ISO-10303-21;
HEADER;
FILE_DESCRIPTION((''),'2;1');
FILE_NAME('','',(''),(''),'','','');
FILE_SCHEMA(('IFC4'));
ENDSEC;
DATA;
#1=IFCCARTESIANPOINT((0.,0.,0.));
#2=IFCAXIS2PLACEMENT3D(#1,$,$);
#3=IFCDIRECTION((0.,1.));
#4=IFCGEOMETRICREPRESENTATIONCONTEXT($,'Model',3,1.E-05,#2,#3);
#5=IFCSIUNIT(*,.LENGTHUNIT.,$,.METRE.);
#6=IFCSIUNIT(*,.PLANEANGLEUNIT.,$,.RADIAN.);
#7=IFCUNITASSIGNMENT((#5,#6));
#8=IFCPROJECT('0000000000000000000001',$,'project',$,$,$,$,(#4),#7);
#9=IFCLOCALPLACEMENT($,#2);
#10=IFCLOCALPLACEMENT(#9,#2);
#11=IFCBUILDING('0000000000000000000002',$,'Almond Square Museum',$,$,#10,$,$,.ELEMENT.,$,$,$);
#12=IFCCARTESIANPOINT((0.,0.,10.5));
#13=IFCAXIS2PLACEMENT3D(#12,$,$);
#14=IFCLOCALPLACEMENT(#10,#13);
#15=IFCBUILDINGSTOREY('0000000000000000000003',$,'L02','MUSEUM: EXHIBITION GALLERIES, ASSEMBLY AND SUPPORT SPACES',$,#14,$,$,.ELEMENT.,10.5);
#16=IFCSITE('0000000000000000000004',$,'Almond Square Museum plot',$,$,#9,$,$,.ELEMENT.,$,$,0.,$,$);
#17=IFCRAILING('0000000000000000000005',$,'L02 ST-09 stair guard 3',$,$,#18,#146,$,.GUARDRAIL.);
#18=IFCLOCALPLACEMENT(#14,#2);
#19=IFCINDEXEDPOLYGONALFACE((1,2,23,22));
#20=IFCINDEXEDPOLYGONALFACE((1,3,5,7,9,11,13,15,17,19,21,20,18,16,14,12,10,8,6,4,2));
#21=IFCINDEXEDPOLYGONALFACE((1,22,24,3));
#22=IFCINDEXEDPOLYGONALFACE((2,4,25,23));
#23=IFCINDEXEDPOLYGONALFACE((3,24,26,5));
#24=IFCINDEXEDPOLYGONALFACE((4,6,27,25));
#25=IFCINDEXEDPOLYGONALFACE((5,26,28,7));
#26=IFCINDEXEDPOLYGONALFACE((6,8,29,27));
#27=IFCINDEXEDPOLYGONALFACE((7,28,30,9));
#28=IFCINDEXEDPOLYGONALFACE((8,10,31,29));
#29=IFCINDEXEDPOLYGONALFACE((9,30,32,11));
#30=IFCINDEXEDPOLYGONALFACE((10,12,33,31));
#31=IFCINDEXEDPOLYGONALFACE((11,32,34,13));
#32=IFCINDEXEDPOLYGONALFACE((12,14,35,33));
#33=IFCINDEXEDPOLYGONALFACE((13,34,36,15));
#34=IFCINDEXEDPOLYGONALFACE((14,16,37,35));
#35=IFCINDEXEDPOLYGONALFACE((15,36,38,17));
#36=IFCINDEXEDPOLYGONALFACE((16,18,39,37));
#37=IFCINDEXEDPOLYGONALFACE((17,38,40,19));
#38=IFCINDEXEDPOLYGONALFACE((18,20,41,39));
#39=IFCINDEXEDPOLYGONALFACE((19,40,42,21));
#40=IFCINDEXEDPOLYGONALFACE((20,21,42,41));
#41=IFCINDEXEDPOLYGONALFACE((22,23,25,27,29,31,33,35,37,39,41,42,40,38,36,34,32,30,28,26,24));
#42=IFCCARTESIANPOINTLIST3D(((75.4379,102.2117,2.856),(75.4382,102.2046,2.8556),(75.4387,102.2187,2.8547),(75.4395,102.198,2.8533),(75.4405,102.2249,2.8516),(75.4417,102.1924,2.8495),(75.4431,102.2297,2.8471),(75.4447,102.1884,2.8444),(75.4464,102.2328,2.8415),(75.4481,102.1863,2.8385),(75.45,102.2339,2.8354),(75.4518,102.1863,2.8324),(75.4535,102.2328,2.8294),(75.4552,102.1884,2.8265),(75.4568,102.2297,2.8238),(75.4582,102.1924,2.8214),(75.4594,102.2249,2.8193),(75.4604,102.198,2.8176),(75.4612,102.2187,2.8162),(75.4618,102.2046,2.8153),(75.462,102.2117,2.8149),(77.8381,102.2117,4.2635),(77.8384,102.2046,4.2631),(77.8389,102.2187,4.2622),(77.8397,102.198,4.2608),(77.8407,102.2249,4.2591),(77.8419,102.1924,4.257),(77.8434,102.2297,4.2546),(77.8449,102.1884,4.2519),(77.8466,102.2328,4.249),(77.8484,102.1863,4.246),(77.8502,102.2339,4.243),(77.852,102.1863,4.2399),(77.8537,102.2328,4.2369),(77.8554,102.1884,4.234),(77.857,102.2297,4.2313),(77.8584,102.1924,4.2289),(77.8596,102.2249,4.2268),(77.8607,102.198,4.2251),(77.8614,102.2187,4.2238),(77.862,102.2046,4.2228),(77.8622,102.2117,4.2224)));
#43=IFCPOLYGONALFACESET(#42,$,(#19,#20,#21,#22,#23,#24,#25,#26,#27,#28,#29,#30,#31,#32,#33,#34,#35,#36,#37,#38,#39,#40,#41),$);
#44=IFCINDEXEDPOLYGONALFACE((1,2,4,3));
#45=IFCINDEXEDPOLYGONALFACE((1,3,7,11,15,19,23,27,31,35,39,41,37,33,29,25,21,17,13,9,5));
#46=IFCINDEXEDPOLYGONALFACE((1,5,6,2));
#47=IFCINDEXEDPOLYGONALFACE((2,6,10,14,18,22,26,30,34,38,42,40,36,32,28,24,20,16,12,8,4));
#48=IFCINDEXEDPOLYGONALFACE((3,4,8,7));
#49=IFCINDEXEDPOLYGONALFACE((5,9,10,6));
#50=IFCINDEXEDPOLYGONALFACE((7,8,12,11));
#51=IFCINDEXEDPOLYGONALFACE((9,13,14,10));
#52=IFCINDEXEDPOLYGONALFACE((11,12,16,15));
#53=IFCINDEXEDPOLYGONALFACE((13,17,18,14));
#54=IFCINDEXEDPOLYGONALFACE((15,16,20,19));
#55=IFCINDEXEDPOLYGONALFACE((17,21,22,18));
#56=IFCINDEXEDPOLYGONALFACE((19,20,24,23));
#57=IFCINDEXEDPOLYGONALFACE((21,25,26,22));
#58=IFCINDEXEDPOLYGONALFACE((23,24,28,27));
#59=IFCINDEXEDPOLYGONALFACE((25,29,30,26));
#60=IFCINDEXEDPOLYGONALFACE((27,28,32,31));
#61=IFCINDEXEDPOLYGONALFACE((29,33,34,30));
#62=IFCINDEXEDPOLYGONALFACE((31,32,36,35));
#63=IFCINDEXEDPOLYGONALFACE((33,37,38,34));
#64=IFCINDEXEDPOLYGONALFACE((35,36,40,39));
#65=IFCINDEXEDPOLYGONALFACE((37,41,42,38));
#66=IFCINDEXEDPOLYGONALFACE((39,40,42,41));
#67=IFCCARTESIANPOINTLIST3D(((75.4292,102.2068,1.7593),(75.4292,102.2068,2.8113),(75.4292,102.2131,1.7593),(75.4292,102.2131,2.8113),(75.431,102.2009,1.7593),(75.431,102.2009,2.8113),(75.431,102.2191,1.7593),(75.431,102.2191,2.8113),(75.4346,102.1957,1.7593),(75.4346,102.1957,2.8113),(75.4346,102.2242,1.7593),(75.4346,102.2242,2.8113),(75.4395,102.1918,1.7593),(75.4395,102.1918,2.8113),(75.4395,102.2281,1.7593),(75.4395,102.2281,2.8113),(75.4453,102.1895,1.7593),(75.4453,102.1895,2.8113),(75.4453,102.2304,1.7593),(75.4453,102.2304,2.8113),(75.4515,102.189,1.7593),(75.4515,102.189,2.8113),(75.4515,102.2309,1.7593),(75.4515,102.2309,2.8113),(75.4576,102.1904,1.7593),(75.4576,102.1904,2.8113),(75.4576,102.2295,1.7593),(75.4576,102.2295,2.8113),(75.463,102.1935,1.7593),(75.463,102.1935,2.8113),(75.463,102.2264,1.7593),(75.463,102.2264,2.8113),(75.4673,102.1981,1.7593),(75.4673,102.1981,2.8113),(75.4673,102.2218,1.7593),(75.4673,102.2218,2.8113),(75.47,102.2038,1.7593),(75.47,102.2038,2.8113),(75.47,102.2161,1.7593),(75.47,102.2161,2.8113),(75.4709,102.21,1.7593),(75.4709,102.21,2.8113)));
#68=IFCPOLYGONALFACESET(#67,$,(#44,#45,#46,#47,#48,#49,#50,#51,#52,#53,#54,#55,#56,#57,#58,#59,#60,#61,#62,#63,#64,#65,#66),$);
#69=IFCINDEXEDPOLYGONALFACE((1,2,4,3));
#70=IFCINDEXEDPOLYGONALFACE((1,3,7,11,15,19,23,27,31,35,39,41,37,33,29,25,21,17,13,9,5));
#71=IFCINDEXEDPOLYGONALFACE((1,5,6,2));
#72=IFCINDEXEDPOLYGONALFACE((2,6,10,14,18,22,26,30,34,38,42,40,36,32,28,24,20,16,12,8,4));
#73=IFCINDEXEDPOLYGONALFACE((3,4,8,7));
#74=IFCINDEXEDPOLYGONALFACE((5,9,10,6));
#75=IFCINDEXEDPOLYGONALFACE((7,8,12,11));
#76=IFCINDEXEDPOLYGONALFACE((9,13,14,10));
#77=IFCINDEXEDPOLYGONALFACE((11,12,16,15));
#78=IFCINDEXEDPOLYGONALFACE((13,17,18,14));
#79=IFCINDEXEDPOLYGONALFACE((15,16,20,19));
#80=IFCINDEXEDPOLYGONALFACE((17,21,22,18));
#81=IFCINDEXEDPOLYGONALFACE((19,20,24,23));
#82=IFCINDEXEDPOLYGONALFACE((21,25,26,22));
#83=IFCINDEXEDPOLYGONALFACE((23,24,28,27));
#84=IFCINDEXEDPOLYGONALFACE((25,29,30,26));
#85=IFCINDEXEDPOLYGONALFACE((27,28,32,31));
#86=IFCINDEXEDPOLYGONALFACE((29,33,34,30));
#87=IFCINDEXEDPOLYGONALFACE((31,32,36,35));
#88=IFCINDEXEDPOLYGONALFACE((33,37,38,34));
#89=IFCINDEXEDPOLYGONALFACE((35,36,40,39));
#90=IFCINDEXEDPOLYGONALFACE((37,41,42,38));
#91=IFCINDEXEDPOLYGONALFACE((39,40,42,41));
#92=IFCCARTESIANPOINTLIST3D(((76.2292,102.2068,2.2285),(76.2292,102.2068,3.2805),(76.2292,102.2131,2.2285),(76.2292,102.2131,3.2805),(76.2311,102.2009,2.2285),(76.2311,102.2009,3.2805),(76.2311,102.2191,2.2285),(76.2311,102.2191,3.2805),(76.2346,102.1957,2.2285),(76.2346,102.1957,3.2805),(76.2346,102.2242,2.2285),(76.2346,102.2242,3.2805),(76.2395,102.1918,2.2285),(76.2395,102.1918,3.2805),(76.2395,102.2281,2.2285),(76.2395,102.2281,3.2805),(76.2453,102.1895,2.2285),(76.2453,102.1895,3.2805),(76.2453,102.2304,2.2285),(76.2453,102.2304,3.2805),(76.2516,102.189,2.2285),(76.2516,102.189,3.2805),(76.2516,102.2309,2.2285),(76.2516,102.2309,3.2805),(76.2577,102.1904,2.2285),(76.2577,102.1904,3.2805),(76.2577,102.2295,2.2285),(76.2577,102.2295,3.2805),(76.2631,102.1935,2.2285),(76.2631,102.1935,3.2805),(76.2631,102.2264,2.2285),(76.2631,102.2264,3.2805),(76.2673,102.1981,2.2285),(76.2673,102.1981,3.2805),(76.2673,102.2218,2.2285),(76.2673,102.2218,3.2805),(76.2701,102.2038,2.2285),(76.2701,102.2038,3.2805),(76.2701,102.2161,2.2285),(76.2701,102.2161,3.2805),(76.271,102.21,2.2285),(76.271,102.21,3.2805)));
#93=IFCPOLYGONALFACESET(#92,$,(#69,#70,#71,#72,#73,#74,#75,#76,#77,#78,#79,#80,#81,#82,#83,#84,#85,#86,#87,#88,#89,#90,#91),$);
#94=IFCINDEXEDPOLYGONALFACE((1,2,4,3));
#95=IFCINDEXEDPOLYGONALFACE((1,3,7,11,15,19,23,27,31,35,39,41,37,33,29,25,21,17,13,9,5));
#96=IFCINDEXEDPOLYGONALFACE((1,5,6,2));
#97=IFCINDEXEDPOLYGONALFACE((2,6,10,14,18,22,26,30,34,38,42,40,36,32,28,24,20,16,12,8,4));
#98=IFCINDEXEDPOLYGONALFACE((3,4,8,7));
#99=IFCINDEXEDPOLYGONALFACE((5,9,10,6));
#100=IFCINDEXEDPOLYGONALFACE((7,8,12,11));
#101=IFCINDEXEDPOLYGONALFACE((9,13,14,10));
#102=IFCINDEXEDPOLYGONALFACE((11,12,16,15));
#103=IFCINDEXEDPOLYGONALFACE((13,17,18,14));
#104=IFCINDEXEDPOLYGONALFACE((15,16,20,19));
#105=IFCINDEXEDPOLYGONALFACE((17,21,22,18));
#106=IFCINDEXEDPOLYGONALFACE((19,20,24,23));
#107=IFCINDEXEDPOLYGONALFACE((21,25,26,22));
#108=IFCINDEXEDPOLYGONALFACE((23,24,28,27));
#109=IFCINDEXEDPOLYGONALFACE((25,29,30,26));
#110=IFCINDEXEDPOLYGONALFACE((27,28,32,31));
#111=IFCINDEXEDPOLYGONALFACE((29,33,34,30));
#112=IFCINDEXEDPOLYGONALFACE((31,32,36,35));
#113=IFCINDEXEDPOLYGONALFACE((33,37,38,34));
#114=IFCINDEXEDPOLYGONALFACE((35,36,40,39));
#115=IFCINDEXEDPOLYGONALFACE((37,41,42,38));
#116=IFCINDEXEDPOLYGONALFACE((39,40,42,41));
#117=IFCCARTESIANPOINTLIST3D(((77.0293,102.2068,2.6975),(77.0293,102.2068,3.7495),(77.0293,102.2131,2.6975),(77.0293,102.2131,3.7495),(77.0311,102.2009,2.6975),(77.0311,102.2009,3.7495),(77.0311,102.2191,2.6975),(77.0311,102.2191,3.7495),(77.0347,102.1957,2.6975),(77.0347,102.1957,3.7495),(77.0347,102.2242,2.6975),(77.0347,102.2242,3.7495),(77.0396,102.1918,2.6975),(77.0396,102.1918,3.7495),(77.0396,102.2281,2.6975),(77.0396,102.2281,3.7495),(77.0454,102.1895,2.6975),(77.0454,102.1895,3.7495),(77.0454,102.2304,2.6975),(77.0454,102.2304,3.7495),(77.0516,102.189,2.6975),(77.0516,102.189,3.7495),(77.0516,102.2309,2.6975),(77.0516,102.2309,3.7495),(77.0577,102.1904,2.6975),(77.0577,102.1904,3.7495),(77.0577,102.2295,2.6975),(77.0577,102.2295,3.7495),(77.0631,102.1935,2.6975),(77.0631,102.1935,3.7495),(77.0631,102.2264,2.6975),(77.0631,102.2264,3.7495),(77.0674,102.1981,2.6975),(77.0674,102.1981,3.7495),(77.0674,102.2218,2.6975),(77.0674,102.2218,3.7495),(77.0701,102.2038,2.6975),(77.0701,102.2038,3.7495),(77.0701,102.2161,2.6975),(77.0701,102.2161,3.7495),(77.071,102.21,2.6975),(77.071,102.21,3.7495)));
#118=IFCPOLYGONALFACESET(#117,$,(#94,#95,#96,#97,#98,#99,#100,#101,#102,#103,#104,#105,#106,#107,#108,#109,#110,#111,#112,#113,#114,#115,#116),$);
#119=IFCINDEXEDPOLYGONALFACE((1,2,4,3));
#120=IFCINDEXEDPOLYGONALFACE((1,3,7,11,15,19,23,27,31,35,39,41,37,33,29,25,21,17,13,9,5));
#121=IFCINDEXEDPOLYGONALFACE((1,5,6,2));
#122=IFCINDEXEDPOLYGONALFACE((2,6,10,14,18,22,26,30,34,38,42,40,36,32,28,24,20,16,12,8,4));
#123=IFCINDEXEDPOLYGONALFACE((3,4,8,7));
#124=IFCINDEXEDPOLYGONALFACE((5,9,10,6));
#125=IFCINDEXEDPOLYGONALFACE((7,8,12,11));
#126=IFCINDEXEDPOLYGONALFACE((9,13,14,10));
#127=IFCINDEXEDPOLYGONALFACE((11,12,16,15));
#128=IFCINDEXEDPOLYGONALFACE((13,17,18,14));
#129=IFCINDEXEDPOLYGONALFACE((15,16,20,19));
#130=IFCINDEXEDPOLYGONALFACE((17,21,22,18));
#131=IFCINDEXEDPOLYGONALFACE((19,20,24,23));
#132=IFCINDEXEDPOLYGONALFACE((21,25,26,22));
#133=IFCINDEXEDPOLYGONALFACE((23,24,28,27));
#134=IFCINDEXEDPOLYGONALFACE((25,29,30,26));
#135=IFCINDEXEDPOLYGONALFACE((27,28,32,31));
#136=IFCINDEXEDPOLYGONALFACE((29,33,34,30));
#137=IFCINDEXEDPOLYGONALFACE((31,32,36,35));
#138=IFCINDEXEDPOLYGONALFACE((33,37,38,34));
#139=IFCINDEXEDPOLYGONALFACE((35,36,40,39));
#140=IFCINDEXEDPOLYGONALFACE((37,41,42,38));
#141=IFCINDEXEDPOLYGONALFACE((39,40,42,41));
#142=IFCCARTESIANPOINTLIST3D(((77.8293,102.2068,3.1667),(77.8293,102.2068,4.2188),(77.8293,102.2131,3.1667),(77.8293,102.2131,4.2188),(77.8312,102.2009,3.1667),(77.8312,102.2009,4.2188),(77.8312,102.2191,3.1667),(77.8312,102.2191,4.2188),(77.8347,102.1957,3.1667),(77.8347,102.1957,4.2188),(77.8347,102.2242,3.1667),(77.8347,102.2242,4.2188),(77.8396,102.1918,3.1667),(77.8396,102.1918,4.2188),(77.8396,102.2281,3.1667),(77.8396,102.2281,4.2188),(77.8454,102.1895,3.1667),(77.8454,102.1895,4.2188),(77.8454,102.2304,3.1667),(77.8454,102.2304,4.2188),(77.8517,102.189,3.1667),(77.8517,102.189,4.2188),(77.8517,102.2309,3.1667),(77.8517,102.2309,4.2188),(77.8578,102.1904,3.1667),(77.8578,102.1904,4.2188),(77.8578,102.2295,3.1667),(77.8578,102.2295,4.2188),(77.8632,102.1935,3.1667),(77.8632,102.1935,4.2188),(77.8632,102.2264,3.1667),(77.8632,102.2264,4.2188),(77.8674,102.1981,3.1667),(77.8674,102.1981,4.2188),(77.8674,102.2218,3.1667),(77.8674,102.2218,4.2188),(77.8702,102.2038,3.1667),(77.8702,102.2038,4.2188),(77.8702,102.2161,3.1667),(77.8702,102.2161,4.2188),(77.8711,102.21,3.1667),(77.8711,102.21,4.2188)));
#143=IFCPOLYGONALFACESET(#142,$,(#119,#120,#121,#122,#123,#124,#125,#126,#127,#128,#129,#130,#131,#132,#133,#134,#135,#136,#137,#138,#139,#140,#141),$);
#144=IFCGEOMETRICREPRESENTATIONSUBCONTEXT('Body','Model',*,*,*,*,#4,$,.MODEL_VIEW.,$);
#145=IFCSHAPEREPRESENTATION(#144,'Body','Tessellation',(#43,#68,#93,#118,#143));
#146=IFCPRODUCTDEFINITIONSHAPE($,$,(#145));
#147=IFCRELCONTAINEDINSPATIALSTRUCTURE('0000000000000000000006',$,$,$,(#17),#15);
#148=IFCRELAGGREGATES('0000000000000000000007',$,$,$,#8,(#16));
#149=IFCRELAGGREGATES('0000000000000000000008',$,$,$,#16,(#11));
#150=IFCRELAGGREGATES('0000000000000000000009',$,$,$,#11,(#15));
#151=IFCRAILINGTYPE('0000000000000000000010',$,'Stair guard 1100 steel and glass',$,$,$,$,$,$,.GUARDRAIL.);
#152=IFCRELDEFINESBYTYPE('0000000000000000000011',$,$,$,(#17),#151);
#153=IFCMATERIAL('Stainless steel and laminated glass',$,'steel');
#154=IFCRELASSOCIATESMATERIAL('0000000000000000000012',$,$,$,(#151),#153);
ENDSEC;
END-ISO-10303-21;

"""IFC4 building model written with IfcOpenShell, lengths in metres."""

from ifc_helpers import new_model, si_unit, direction, frame, origin, origin_2d, place, context, subcontext, project, spatial, circle, extrude, material, type_object, element, save


model = new_model("IFC4")

# Units and contexts
model_context = context("Model", 3, precision=1e-05, world=origin(), true_north=direction((0.0, 1.0)))
body_context = subcontext(model_context, "Body", "Model", "MODEL_VIEW")
ifc_project = project(units=[si_unit("LENGTHUNIT", "METRE"), si_unit("PLANEANGLEUNIT", "RADIAN")], contexts=[model_context])

# Site, building, storey
site_placement = place(None, origin())
site = spatial("IfcSite", under=ifc_project, at=site_placement, Name="Almond Square Museum plot", CompositionType="ELEMENT", RefElevation=0.0)
building_placement = place(site_placement, origin())
building = spatial("IfcBuilding", under=site, at=building_placement, Name="Almond Square Museum", CompositionType="ELEMENT")
storey_placement = place(building_placement, frame((0.0, 0.0, 10.5)))
storey = spatial("IfcBuildingStorey", under=building, at=storey_placement, Name="L02", Description="MUSEUM: EXHIBITION GALLERIES, ASSEMBLY AND SUPPORT SPACES", CompositionType="ELEMENT", Elevation=10.5)

# Railing
ifc_material_1 = material(Name="Stainless steel and laminated glass", Category="steel")
railing_type_1 = type_object("IfcRailingType", Name="Stair guard 1100 steel and glass", PredefinedType="GUARDRAIL", material=ifc_material_1)
railing_1_placement = place(storey_placement, frame((75.45, 102.21, 1.7593)))
element("IfcRailing", 1, at=railing_1_placement, inside=storey, type_object=railing_type_1, Name="L02 ST-09 stair guard 3", PredefinedType="GUARDRAIL", context=body_context, shape_type="SweptSolid", body=[
    extrude(circle(Radius=0.0239, at=origin_2d()), frame((0.0, 0.0, 1.0762), z_axis=(0.862621, 0.0, 0.50585), x_axis=(0.0, 1.0, 0.0)), (0.0, 0.0, 1.0), 2.7825),
    extrude(circle(Radius=0.021, at=origin_2d()), origin(), (0.0, 0.0, 1.0), 1.052),
    extrude(circle(Radius=0.021, at=origin_2d()), frame((0.8, 0.0, 0.4692)), (0.0, 0.0, 1.0), 1.052),
    extrude(circle(Radius=0.021, at=origin_2d()), frame((1.6001, 0.0, 0.9382)), (0.0, 0.0, 1.0), 1.052),
    extrude(circle(Radius=0.021, at=origin_2d()), frame((2.4001, 0.0, 1.4075)), (0.0, 0.0, 1.0), 1.052),
])

save(model, "model.ifc")
